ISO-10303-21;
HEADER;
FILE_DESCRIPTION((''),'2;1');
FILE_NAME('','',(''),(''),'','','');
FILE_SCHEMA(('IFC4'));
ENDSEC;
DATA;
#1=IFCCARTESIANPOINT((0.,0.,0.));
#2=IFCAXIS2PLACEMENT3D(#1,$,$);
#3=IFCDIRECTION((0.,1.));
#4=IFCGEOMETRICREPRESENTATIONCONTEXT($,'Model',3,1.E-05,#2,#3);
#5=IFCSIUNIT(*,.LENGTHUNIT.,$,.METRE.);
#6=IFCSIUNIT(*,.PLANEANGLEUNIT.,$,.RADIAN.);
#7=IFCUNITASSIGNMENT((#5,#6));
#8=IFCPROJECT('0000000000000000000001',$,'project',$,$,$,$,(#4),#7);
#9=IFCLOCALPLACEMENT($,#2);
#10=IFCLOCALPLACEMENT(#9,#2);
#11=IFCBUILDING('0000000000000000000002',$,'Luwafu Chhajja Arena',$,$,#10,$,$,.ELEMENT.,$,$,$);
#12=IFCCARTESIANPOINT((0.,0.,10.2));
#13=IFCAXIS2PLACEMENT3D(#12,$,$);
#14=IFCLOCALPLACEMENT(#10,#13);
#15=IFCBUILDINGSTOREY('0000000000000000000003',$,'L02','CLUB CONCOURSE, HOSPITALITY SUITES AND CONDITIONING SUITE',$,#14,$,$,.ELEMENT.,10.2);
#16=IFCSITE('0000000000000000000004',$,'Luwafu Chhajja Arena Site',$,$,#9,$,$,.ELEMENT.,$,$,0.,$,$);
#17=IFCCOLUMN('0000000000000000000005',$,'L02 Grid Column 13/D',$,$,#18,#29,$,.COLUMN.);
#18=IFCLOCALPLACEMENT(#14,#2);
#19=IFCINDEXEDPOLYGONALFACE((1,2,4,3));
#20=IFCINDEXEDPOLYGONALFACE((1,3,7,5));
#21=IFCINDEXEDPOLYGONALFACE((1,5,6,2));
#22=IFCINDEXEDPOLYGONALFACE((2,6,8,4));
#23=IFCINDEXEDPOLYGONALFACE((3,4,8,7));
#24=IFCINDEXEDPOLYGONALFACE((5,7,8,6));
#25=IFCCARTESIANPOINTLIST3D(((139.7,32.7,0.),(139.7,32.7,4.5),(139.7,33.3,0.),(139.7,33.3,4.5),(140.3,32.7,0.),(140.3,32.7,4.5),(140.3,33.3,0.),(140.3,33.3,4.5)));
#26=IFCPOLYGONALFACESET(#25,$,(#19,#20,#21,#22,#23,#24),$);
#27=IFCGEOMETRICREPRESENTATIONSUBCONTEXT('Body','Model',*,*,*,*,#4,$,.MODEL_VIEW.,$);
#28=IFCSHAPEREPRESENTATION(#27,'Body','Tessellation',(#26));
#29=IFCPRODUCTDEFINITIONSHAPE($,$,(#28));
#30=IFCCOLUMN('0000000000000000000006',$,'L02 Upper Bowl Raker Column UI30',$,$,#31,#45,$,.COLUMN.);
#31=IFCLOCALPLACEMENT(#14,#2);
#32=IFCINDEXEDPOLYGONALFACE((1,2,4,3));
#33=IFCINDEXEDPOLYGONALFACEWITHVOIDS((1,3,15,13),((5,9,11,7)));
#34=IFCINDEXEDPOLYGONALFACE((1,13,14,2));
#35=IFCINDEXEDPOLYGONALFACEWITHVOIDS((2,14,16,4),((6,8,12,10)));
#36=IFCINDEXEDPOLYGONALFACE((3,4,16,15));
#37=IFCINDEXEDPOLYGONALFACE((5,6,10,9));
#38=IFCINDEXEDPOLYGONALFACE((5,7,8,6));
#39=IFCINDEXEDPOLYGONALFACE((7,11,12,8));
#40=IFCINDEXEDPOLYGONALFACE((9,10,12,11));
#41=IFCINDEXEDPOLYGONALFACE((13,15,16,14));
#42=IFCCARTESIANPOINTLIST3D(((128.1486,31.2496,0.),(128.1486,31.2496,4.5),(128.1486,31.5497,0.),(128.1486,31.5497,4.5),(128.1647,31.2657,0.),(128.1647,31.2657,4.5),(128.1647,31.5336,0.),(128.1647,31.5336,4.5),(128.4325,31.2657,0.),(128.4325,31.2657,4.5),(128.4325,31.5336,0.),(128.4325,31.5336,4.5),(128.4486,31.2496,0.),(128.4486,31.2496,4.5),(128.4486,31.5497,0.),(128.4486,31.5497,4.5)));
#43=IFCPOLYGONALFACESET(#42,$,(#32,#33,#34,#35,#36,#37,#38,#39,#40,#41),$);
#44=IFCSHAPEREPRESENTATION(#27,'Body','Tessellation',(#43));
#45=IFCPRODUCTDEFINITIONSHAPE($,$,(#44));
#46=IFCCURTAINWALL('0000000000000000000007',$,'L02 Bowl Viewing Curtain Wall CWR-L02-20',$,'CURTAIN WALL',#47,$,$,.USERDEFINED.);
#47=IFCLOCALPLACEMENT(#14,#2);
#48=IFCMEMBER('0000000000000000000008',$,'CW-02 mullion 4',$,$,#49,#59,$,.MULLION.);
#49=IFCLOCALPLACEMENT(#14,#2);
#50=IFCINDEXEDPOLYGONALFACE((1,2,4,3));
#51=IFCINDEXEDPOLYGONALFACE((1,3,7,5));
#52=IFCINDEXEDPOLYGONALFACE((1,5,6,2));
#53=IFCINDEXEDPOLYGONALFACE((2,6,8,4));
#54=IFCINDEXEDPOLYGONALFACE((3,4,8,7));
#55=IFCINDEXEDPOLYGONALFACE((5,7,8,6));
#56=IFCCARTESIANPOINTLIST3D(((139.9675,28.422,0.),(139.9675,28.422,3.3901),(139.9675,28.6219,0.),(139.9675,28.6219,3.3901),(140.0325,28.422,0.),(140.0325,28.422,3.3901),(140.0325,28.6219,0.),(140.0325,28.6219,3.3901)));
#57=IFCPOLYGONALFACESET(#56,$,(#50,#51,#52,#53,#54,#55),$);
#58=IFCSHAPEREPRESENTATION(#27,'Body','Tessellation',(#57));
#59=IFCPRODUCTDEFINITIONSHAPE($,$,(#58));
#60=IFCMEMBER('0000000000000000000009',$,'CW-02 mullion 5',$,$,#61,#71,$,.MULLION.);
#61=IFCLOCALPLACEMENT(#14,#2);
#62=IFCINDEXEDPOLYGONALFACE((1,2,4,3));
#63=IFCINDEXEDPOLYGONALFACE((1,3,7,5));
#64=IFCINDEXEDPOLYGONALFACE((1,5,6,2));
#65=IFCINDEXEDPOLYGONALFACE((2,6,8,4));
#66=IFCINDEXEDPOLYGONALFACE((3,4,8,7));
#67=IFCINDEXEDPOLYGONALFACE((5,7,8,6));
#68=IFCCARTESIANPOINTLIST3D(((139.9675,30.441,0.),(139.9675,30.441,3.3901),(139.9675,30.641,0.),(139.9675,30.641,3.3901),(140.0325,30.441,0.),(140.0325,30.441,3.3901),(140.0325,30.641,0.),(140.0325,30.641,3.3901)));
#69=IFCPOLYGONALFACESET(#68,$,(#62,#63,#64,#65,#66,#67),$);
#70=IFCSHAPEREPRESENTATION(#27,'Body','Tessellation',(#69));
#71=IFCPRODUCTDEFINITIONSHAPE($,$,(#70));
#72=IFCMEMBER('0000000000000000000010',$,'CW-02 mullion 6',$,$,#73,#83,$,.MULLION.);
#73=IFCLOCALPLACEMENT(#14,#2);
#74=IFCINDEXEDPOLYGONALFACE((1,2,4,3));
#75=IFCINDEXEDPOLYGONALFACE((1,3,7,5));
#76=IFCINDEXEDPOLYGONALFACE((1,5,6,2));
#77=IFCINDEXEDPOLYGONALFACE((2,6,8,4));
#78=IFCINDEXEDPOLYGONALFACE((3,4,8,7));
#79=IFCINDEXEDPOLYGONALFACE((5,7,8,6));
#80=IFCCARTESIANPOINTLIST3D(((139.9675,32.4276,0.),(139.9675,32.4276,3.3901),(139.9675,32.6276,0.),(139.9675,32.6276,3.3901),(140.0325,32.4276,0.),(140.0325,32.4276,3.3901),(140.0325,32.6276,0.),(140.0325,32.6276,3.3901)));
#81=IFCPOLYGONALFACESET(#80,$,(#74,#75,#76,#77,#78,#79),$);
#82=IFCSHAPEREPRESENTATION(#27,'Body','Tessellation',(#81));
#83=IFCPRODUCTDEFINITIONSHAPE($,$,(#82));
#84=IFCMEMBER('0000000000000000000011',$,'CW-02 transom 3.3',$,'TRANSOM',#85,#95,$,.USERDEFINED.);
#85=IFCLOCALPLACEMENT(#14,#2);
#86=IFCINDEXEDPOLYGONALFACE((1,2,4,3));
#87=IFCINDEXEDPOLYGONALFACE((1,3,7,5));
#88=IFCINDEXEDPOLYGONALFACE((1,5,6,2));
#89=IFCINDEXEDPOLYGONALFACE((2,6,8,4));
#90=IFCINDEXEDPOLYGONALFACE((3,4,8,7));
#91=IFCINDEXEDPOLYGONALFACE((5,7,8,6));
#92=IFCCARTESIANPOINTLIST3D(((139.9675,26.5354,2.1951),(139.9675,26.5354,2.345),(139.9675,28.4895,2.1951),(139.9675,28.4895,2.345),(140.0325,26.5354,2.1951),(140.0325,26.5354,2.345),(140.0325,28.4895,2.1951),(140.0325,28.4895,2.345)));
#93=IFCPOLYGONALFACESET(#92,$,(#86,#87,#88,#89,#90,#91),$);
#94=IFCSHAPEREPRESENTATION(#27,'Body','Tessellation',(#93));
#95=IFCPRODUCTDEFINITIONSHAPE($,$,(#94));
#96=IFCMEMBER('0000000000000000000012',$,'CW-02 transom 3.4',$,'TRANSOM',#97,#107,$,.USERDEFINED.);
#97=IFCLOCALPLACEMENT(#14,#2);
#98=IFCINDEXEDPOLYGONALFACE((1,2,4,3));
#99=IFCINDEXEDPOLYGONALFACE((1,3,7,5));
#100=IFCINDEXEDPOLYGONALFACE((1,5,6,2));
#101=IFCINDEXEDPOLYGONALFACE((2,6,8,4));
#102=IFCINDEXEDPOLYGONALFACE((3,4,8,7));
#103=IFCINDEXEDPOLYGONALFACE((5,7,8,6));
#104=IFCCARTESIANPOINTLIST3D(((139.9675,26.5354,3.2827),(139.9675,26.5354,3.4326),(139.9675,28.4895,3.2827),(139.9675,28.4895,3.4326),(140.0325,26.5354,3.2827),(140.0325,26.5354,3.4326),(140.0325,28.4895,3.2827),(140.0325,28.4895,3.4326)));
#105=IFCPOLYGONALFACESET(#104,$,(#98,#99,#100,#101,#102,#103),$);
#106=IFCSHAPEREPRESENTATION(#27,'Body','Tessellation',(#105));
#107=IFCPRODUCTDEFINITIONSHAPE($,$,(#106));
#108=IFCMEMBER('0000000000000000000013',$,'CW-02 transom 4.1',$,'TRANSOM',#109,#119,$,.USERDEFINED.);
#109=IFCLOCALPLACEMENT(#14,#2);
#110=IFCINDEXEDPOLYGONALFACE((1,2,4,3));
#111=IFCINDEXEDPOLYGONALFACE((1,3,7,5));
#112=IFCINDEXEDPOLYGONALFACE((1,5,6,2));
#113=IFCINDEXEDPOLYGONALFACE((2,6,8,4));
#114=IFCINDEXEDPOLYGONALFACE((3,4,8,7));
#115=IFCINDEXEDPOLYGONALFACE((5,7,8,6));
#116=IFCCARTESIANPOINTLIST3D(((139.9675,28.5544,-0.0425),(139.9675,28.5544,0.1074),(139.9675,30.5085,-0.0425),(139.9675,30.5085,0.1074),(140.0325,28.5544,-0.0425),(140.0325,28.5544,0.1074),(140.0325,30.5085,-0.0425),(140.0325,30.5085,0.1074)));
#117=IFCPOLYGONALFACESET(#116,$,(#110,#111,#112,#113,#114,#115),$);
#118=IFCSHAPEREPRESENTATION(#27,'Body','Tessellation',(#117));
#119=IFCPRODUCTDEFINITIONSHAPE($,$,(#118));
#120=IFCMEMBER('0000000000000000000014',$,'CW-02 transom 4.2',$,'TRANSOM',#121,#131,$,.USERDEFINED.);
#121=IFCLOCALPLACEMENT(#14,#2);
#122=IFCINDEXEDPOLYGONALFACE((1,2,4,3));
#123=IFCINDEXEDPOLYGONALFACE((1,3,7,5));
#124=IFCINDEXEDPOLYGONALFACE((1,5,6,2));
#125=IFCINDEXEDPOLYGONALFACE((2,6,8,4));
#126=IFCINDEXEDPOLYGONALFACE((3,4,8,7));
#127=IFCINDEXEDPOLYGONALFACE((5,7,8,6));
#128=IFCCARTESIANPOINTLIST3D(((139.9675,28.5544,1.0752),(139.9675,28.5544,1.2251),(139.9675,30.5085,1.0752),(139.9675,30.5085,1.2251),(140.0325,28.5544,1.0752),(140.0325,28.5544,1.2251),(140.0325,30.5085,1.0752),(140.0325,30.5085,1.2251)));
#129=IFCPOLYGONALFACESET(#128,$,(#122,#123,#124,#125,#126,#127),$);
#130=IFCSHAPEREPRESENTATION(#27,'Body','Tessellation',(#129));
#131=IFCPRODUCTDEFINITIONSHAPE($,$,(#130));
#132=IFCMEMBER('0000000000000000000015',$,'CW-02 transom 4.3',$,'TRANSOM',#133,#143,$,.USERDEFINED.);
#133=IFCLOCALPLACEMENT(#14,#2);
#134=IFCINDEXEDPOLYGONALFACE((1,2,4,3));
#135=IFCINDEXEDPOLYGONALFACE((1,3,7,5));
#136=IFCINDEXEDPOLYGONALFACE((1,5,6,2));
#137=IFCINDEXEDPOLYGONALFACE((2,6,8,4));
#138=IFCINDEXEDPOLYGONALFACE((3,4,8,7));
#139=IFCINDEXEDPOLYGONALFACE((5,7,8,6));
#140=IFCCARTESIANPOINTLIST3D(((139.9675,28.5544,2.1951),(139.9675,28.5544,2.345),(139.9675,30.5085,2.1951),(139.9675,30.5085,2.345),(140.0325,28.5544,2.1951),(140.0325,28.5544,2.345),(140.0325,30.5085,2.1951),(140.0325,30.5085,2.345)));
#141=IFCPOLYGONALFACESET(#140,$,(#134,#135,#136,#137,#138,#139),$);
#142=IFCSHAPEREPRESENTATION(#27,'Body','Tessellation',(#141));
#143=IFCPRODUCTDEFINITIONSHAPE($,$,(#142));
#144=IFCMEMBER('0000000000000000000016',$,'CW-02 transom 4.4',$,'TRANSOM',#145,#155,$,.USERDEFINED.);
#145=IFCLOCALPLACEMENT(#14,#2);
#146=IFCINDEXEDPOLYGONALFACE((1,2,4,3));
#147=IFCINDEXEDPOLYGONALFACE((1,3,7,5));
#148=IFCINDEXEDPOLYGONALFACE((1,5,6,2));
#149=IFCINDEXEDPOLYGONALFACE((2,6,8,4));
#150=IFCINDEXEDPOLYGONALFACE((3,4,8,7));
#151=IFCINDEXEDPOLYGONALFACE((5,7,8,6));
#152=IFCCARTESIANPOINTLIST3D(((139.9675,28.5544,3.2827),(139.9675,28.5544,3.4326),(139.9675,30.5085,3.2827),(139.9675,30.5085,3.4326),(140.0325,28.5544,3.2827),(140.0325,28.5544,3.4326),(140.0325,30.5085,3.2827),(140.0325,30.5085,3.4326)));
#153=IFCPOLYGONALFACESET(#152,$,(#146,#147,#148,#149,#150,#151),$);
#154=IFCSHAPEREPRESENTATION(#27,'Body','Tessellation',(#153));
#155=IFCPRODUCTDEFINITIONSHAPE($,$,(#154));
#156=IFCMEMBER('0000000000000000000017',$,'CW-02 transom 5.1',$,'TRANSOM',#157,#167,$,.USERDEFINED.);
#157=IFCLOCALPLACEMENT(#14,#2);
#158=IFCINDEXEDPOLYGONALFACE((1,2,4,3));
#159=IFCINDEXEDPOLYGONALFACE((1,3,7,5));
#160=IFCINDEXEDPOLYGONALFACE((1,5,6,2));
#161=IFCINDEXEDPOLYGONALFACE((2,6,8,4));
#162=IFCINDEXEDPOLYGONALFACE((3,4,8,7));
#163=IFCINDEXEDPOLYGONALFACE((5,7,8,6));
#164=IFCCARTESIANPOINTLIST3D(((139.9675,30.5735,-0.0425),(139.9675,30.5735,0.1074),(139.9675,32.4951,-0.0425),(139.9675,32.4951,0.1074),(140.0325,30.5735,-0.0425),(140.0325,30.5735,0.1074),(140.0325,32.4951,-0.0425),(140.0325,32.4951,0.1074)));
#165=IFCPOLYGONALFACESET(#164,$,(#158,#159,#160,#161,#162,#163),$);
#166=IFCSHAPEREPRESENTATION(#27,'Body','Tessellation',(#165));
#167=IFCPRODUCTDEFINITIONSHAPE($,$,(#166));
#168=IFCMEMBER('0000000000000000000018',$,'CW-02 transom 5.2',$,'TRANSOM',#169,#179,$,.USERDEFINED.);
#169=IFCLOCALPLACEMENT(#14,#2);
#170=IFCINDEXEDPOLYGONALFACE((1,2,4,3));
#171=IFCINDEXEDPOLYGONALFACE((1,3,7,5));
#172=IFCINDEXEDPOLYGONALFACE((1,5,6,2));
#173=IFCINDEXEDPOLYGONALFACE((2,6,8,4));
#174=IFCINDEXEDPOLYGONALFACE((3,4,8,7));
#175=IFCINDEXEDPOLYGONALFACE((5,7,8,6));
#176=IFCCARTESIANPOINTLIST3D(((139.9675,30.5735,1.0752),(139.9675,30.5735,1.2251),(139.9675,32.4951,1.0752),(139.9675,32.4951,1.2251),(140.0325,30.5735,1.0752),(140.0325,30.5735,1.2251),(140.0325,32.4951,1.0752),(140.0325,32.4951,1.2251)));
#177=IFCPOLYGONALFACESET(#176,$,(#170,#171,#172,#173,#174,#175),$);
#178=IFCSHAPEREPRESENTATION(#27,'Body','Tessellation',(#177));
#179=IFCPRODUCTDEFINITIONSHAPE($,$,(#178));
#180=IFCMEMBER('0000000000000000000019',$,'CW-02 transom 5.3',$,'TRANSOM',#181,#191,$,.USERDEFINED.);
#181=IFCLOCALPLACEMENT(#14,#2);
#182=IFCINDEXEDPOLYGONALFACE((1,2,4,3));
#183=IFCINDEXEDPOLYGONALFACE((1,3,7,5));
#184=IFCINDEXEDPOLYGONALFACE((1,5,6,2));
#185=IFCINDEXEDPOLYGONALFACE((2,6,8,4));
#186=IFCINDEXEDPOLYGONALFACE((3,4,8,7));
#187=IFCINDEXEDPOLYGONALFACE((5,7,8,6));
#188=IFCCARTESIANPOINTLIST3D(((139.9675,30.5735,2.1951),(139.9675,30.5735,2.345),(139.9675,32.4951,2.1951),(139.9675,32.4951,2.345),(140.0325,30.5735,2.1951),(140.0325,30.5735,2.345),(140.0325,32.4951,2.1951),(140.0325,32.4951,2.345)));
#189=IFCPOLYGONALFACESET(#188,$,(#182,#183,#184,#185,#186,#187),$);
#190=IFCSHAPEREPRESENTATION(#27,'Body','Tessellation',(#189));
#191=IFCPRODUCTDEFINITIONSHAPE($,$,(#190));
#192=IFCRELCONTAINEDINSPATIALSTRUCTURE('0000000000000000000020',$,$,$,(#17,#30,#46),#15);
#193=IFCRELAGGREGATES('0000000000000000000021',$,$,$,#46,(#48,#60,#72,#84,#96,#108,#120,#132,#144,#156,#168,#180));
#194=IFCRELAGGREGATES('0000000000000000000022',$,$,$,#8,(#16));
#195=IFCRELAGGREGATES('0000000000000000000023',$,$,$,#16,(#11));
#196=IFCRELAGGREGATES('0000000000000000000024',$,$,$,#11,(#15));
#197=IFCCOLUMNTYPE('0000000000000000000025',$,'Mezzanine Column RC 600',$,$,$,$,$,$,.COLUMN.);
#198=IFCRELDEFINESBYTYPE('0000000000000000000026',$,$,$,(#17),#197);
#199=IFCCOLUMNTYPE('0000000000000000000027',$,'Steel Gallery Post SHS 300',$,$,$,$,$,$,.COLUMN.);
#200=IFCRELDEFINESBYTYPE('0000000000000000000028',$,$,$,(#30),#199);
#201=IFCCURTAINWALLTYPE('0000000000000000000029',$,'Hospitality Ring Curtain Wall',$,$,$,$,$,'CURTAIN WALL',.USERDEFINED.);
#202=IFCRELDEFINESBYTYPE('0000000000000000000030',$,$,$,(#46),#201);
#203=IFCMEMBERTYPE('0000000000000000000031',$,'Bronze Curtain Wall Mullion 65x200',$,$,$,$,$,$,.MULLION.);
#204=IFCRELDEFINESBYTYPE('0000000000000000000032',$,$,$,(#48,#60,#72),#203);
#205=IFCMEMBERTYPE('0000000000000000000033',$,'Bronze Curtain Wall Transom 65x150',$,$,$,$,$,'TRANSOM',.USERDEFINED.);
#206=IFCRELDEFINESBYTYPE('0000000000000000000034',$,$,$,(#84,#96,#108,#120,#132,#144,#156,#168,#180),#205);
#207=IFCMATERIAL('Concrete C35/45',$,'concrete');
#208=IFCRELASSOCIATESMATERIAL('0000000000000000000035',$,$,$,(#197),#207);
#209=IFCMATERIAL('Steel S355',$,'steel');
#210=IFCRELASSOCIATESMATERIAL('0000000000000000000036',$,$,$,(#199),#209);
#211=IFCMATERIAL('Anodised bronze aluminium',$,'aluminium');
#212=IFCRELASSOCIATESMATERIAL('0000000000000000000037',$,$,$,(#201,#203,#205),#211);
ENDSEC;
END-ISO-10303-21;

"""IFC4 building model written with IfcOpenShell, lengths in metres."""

from ifc_helpers import new_model, si_unit, direction, frame, origin, origin_2d, place, context, subcontext, project, spatial, rectangle, hollow_rectangle, extrude, material, material_profile, profile_set, type_object, element, aggregate, save


model = new_model("IFC4")

# Units and contexts
model_context = context("Model", 3, precision=1e-05, world=origin(), true_north=direction((0.0, 1.0)))
body_context = subcontext(model_context, "Body", "Model", "MODEL_VIEW")
ifc_project = project(units=[si_unit("LENGTHUNIT", "METRE"), si_unit("PLANEANGLEUNIT", "RADIAN")], contexts=[model_context])

# Site, building, storey
site_placement = place(None, origin())
site = spatial("IfcSite", under=ifc_project, at=site_placement, Name="Luwafu Chhajja Arena Site", CompositionType="ELEMENT", RefElevation=0.0)
building_placement = place(site_placement, origin())
building = spatial("IfcBuilding", under=site, at=building_placement, Name="Luwafu Chhajja Arena", CompositionType="ELEMENT")
storey_placement = place(building_placement, frame((0.0, 0.0, 10.2)))
storey = spatial("IfcBuildingStorey", under=building, at=storey_placement, Name="L02", Description="CLUB CONCOURSE, HOSPITALITY SUITES AND CONDITIONING SUITE", CompositionType="ELEMENT", Elevation=10.2)

# Columns
ifc_material_1 = material(Name="Concrete C35/45", Category="concrete")
ifc_material_profile_1 = material_profile(ifc_material_1, rectangle(XDim=0.6001, YDim=0.6001, at=origin_2d()), Name="RC 600x600")
ifc_profile_set_1 = profile_set([ifc_material_profile_1], Name="Concrete C35/45")
column_type_1 = type_object("IfcColumnType", Name="Mezzanine Column RC 600", PredefinedType="COLUMN", material=ifc_profile_set_1)
column_1_placement = place(storey_placement, frame((140.0, 33.0, 0.0), z_axis=(0.0, 0.0, 1.0), x_axis=(1.0, 0.0, 0.0)))
element("IfcColumn", 1, at=column_1_placement, inside=storey, type_object=column_type_1, Name="L02 Grid Column 13/D", PredefinedType="COLUMN", context=body_context, shape_type="SweptSolid", body=[
    extrude(rectangle(XDim=0.6001, YDim=0.6001, at=origin_2d()), origin(), (0.0, 0.0, 1.0), 4.5),
])
ifc_material_2 = material(Name="Steel S355", Category="steel")
ifc_material_profile_2 = material_profile(ifc_material_2, hollow_rectangle(XDim=0.3, YDim=0.3, WallThickness=0.0161, at=origin_2d()), Name="SHS 300x300x16")
ifc_profile_set_2 = profile_set([ifc_material_profile_2], Name="Steel S355")
column_type_2 = type_object("IfcColumnType", Name="Steel Gallery Post SHS 300", PredefinedType="COLUMN", material=ifc_profile_set_2)
column_2_placement = place(storey_placement, frame((128.2986, 31.3997, 0.0), z_axis=(0.0, 0.0, 1.0), x_axis=(1.0, 0.0, 0.0)))
element("IfcColumn", 2, at=column_2_placement, inside=storey, type_object=column_type_2, Name="L02 Upper Bowl Raker Column UI30", PredefinedType="COLUMN", context=body_context, shape_type="SweptSolid", body=[
    extrude(hollow_rectangle(XDim=0.3, YDim=0.3, WallThickness=0.0161, at=origin_2d()), origin(), (0.0, 0.0, 1.0), 4.5),
])

# Curtain wall, members
ifc_material_3 = material(Name="Anodised bronze aluminium", Category="aluminium")
curtain_wall_type = type_object("IfcCurtainWallType", Name="Hospitality Ring Curtain Wall", ElementType="CURTAIN WALL", PredefinedType="USERDEFINED", material=ifc_material_3)
curtain_wall_placement = place(storey_placement, origin())
curtain_wall = element("IfcCurtainWall", 3, at=curtain_wall_placement, inside=storey, type_object=curtain_wall_type, Name="L02 Bowl Viewing Curtain Wall CWR-L02-20", ObjectType="CURTAIN WALL", PredefinedType="USERDEFINED")
ifc_material_profile_3 = material_profile(ifc_material_3, rectangle(XDim=0.0649, YDim=0.2, at=origin_2d()), Name="CWM 65x200")
ifc_profile_set_3 = profile_set([ifc_material_profile_3], Name="Anodised bronze aluminium")
member_type_1 = type_object("IfcMemberType", Name="Bronze Curtain Wall Mullion 65x200", PredefinedType="MULLION", material=ifc_profile_set_3)
member_1_placement = place(storey_placement, frame((140.0, 28.522, 0.0), z_axis=(0.0, 0.0, 1.0), x_axis=(-1.0, 0.0, 0.0)))
member_1 = element("IfcMember", 4, at=member_1_placement, type_object=member_type_1, Name="CW-02 mullion 4", PredefinedType="MULLION", context=body_context, shape_type="SweptSolid", body=[
    extrude(rectangle(XDim=0.0649, YDim=0.2, at=origin_2d()), origin(), (0.0, 0.0, 1.0), 3.3901),
])
member_2_placement = place(storey_placement, frame((140.0, 30.541, 0.0), z_axis=(0.0, 0.0, 1.0), x_axis=(-1.0, 0.0, 0.0)))
member_2 = element("IfcMember", 5, at=member_2_placement, type_object=member_type_1, Name="CW-02 mullion 5", PredefinedType="MULLION", context=body_context, shape_type="SweptSolid", body=[
    extrude(rectangle(XDim=0.0649, YDim=0.2, at=origin_2d()), origin(), (0.0, 0.0, 1.0), 3.3901),
])
member_3_placement = place(storey_placement, frame((140.0, 32.5276, 0.0), z_axis=(0.0, 0.0, 1.0), x_axis=(-1.0, 0.0, 0.0)))
member_3 = element("IfcMember", 6, at=member_3_placement, type_object=member_type_1, Name="CW-02 mullion 6", PredefinedType="MULLION", context=body_context, shape_type="SweptSolid", body=[
    extrude(rectangle(XDim=0.0649, YDim=0.2, at=origin_2d()), origin(), (0.0, 0.0, 1.0), 3.3901),
])
ifc_material_profile_4 = material_profile(ifc_material_3, rectangle(XDim=0.0649, YDim=0.1499, at=origin_2d()), Name="CWT 65x150")
ifc_profile_set_4 = profile_set([ifc_material_profile_4], Name="Anodised bronze aluminium")
member_type_2 = type_object("IfcMemberType", Name="Bronze Curtain Wall Transom 65x150", ElementType="TRANSOM", PredefinedType="USERDEFINED", material=ifc_profile_set_4)
member_4_placement = place(storey_placement, frame((140.0, 26.5354, 2.27), z_axis=(0.0, 1.0, 0.0), x_axis=(-1.0, 0.0, 0.0)))
member_4 = element("IfcMember", 7, at=member_4_placement, type_object=member_type_2, Name="CW-02 transom 3.3", ObjectType="TRANSOM", PredefinedType="USERDEFINED", context=body_context, shape_type="SweptSolid", body=[
    extrude(rectangle(XDim=0.0649, YDim=0.1499, at=origin_2d()), origin(), (0.0, 0.0, 1.0), 1.9541),
])
member_5_placement = place(storey_placement, frame((140.0, 26.5354, 3.3577), z_axis=(0.0, 1.0, 0.0), x_axis=(-1.0, 0.0, 0.0)))
member_5 = element("IfcMember", 8, at=member_5_placement, type_object=member_type_2, Name="CW-02 transom 3.4", ObjectType="TRANSOM", PredefinedType="USERDEFINED", context=body_context, shape_type="SweptSolid", body=[
    extrude(rectangle(XDim=0.0649, YDim=0.1499, at=origin_2d()), origin(), (0.0, 0.0, 1.0), 1.9541),
])
member_6_placement = place(storey_placement, frame((140.0, 28.5544, 0.0325), z_axis=(0.0, 1.0, 0.0), x_axis=(-1.0, 0.0, 0.0)))
member_6 = element("IfcMember", 9, at=member_6_placement, type_object=member_type_2, Name="CW-02 transom 4.1", ObjectType="TRANSOM", PredefinedType="USERDEFINED", context=body_context, shape_type="SweptSolid", body=[
    extrude(rectangle(XDim=0.0649, YDim=0.1499, at=origin_2d()), origin(), (0.0, 0.0, 1.0), 1.9541),
])
member_7_placement = place(storey_placement, frame((140.0, 28.5544, 1.1501), z_axis=(0.0, 1.0, 0.0), x_axis=(-1.0, 0.0, 0.0)))
member_7 = element("IfcMember", 10, at=member_7_placement, type_object=member_type_2, Name="CW-02 transom 4.2", ObjectType="TRANSOM", PredefinedType="USERDEFINED", context=body_context, shape_type="SweptSolid", body=[
    extrude(rectangle(XDim=0.0649, YDim=0.1499, at=origin_2d()), origin(), (0.0, 0.0, 1.0), 1.9541),
])
member_8_placement = place(storey_placement, frame((140.0, 28.5544, 2.27), z_axis=(0.0, 1.0, 0.0), x_axis=(-1.0, 0.0, 0.0)))
member_8 = element("IfcMember", 11, at=member_8_placement, type_object=member_type_2, Name="CW-02 transom 4.3", ObjectType="TRANSOM", PredefinedType="USERDEFINED", context=body_context, shape_type="SweptSolid", body=[
    extrude(rectangle(XDim=0.0649, YDim=0.1499, at=origin_2d()), origin(), (0.0, 0.0, 1.0), 1.9541),
])
member_9_placement = place(storey_placement, frame((140.0, 28.5544, 3.3577), z_axis=(0.0, 1.0, 0.0), x_axis=(-1.0, 0.0, 0.0)))
member_9 = element("IfcMember", 12, at=member_9_placement, type_object=member_type_2, Name="CW-02 transom 4.4", ObjectType="TRANSOM", PredefinedType="USERDEFINED", context=body_context, shape_type="SweptSolid", body=[
    extrude(rectangle(XDim=0.0649, YDim=0.1499, at=origin_2d()), origin(), (0.0, 0.0, 1.0), 1.9541),
])
member_10_placement = place(storey_placement, frame((140.0, 30.5735, 0.0325), z_axis=(0.0, 1.0, 0.0), x_axis=(-1.0, 0.0, 0.0)))
member_10 = element("IfcMember", 13, at=member_10_placement, type_object=member_type_2, Name="CW-02 transom 5.1", ObjectType="TRANSOM", PredefinedType="USERDEFINED", context=body_context, shape_type="SweptSolid", body=[
    extrude(rectangle(XDim=0.0649, YDim=0.1499, at=origin_2d()), origin(), (0.0, 0.0, 1.0), 1.9216),
])
member_11_placement = place(storey_placement, frame((140.0, 30.5735, 1.1501), z_axis=(0.0, 1.0, 0.0), x_axis=(-1.0, 0.0, 0.0)))
member_11 = element("IfcMember", 14, at=member_11_placement, type_object=member_type_2, Name="CW-02 transom 5.2", ObjectType="TRANSOM", PredefinedType="USERDEFINED", context=body_context, shape_type="SweptSolid", body=[
    extrude(rectangle(XDim=0.0649, YDim=0.1499, at=origin_2d()), origin(), (0.0, 0.0, 1.0), 1.9216),
])
member_12_placement = place(storey_placement, frame((140.0, 30.5735, 2.27), z_axis=(0.0, 1.0, 0.0), x_axis=(-1.0, 0.0, 0.0)))
member_12 = element("IfcMember", 15, at=member_12_placement, type_object=member_type_2, Name="CW-02 transom 5.3", ObjectType="TRANSOM", PredefinedType="USERDEFINED", context=body_context, shape_type="SweptSolid", body=[
    extrude(rectangle(XDim=0.0649, YDim=0.1499, at=origin_2d()), origin(), (0.0, 0.0, 1.0), 1.9216),
])

aggregate(curtain_wall, [member_1, member_2, member_3, member_4, member_5, member_6, member_7, member_8, member_9, member_10, member_11, member_12])

save(model, "model.ifc")
